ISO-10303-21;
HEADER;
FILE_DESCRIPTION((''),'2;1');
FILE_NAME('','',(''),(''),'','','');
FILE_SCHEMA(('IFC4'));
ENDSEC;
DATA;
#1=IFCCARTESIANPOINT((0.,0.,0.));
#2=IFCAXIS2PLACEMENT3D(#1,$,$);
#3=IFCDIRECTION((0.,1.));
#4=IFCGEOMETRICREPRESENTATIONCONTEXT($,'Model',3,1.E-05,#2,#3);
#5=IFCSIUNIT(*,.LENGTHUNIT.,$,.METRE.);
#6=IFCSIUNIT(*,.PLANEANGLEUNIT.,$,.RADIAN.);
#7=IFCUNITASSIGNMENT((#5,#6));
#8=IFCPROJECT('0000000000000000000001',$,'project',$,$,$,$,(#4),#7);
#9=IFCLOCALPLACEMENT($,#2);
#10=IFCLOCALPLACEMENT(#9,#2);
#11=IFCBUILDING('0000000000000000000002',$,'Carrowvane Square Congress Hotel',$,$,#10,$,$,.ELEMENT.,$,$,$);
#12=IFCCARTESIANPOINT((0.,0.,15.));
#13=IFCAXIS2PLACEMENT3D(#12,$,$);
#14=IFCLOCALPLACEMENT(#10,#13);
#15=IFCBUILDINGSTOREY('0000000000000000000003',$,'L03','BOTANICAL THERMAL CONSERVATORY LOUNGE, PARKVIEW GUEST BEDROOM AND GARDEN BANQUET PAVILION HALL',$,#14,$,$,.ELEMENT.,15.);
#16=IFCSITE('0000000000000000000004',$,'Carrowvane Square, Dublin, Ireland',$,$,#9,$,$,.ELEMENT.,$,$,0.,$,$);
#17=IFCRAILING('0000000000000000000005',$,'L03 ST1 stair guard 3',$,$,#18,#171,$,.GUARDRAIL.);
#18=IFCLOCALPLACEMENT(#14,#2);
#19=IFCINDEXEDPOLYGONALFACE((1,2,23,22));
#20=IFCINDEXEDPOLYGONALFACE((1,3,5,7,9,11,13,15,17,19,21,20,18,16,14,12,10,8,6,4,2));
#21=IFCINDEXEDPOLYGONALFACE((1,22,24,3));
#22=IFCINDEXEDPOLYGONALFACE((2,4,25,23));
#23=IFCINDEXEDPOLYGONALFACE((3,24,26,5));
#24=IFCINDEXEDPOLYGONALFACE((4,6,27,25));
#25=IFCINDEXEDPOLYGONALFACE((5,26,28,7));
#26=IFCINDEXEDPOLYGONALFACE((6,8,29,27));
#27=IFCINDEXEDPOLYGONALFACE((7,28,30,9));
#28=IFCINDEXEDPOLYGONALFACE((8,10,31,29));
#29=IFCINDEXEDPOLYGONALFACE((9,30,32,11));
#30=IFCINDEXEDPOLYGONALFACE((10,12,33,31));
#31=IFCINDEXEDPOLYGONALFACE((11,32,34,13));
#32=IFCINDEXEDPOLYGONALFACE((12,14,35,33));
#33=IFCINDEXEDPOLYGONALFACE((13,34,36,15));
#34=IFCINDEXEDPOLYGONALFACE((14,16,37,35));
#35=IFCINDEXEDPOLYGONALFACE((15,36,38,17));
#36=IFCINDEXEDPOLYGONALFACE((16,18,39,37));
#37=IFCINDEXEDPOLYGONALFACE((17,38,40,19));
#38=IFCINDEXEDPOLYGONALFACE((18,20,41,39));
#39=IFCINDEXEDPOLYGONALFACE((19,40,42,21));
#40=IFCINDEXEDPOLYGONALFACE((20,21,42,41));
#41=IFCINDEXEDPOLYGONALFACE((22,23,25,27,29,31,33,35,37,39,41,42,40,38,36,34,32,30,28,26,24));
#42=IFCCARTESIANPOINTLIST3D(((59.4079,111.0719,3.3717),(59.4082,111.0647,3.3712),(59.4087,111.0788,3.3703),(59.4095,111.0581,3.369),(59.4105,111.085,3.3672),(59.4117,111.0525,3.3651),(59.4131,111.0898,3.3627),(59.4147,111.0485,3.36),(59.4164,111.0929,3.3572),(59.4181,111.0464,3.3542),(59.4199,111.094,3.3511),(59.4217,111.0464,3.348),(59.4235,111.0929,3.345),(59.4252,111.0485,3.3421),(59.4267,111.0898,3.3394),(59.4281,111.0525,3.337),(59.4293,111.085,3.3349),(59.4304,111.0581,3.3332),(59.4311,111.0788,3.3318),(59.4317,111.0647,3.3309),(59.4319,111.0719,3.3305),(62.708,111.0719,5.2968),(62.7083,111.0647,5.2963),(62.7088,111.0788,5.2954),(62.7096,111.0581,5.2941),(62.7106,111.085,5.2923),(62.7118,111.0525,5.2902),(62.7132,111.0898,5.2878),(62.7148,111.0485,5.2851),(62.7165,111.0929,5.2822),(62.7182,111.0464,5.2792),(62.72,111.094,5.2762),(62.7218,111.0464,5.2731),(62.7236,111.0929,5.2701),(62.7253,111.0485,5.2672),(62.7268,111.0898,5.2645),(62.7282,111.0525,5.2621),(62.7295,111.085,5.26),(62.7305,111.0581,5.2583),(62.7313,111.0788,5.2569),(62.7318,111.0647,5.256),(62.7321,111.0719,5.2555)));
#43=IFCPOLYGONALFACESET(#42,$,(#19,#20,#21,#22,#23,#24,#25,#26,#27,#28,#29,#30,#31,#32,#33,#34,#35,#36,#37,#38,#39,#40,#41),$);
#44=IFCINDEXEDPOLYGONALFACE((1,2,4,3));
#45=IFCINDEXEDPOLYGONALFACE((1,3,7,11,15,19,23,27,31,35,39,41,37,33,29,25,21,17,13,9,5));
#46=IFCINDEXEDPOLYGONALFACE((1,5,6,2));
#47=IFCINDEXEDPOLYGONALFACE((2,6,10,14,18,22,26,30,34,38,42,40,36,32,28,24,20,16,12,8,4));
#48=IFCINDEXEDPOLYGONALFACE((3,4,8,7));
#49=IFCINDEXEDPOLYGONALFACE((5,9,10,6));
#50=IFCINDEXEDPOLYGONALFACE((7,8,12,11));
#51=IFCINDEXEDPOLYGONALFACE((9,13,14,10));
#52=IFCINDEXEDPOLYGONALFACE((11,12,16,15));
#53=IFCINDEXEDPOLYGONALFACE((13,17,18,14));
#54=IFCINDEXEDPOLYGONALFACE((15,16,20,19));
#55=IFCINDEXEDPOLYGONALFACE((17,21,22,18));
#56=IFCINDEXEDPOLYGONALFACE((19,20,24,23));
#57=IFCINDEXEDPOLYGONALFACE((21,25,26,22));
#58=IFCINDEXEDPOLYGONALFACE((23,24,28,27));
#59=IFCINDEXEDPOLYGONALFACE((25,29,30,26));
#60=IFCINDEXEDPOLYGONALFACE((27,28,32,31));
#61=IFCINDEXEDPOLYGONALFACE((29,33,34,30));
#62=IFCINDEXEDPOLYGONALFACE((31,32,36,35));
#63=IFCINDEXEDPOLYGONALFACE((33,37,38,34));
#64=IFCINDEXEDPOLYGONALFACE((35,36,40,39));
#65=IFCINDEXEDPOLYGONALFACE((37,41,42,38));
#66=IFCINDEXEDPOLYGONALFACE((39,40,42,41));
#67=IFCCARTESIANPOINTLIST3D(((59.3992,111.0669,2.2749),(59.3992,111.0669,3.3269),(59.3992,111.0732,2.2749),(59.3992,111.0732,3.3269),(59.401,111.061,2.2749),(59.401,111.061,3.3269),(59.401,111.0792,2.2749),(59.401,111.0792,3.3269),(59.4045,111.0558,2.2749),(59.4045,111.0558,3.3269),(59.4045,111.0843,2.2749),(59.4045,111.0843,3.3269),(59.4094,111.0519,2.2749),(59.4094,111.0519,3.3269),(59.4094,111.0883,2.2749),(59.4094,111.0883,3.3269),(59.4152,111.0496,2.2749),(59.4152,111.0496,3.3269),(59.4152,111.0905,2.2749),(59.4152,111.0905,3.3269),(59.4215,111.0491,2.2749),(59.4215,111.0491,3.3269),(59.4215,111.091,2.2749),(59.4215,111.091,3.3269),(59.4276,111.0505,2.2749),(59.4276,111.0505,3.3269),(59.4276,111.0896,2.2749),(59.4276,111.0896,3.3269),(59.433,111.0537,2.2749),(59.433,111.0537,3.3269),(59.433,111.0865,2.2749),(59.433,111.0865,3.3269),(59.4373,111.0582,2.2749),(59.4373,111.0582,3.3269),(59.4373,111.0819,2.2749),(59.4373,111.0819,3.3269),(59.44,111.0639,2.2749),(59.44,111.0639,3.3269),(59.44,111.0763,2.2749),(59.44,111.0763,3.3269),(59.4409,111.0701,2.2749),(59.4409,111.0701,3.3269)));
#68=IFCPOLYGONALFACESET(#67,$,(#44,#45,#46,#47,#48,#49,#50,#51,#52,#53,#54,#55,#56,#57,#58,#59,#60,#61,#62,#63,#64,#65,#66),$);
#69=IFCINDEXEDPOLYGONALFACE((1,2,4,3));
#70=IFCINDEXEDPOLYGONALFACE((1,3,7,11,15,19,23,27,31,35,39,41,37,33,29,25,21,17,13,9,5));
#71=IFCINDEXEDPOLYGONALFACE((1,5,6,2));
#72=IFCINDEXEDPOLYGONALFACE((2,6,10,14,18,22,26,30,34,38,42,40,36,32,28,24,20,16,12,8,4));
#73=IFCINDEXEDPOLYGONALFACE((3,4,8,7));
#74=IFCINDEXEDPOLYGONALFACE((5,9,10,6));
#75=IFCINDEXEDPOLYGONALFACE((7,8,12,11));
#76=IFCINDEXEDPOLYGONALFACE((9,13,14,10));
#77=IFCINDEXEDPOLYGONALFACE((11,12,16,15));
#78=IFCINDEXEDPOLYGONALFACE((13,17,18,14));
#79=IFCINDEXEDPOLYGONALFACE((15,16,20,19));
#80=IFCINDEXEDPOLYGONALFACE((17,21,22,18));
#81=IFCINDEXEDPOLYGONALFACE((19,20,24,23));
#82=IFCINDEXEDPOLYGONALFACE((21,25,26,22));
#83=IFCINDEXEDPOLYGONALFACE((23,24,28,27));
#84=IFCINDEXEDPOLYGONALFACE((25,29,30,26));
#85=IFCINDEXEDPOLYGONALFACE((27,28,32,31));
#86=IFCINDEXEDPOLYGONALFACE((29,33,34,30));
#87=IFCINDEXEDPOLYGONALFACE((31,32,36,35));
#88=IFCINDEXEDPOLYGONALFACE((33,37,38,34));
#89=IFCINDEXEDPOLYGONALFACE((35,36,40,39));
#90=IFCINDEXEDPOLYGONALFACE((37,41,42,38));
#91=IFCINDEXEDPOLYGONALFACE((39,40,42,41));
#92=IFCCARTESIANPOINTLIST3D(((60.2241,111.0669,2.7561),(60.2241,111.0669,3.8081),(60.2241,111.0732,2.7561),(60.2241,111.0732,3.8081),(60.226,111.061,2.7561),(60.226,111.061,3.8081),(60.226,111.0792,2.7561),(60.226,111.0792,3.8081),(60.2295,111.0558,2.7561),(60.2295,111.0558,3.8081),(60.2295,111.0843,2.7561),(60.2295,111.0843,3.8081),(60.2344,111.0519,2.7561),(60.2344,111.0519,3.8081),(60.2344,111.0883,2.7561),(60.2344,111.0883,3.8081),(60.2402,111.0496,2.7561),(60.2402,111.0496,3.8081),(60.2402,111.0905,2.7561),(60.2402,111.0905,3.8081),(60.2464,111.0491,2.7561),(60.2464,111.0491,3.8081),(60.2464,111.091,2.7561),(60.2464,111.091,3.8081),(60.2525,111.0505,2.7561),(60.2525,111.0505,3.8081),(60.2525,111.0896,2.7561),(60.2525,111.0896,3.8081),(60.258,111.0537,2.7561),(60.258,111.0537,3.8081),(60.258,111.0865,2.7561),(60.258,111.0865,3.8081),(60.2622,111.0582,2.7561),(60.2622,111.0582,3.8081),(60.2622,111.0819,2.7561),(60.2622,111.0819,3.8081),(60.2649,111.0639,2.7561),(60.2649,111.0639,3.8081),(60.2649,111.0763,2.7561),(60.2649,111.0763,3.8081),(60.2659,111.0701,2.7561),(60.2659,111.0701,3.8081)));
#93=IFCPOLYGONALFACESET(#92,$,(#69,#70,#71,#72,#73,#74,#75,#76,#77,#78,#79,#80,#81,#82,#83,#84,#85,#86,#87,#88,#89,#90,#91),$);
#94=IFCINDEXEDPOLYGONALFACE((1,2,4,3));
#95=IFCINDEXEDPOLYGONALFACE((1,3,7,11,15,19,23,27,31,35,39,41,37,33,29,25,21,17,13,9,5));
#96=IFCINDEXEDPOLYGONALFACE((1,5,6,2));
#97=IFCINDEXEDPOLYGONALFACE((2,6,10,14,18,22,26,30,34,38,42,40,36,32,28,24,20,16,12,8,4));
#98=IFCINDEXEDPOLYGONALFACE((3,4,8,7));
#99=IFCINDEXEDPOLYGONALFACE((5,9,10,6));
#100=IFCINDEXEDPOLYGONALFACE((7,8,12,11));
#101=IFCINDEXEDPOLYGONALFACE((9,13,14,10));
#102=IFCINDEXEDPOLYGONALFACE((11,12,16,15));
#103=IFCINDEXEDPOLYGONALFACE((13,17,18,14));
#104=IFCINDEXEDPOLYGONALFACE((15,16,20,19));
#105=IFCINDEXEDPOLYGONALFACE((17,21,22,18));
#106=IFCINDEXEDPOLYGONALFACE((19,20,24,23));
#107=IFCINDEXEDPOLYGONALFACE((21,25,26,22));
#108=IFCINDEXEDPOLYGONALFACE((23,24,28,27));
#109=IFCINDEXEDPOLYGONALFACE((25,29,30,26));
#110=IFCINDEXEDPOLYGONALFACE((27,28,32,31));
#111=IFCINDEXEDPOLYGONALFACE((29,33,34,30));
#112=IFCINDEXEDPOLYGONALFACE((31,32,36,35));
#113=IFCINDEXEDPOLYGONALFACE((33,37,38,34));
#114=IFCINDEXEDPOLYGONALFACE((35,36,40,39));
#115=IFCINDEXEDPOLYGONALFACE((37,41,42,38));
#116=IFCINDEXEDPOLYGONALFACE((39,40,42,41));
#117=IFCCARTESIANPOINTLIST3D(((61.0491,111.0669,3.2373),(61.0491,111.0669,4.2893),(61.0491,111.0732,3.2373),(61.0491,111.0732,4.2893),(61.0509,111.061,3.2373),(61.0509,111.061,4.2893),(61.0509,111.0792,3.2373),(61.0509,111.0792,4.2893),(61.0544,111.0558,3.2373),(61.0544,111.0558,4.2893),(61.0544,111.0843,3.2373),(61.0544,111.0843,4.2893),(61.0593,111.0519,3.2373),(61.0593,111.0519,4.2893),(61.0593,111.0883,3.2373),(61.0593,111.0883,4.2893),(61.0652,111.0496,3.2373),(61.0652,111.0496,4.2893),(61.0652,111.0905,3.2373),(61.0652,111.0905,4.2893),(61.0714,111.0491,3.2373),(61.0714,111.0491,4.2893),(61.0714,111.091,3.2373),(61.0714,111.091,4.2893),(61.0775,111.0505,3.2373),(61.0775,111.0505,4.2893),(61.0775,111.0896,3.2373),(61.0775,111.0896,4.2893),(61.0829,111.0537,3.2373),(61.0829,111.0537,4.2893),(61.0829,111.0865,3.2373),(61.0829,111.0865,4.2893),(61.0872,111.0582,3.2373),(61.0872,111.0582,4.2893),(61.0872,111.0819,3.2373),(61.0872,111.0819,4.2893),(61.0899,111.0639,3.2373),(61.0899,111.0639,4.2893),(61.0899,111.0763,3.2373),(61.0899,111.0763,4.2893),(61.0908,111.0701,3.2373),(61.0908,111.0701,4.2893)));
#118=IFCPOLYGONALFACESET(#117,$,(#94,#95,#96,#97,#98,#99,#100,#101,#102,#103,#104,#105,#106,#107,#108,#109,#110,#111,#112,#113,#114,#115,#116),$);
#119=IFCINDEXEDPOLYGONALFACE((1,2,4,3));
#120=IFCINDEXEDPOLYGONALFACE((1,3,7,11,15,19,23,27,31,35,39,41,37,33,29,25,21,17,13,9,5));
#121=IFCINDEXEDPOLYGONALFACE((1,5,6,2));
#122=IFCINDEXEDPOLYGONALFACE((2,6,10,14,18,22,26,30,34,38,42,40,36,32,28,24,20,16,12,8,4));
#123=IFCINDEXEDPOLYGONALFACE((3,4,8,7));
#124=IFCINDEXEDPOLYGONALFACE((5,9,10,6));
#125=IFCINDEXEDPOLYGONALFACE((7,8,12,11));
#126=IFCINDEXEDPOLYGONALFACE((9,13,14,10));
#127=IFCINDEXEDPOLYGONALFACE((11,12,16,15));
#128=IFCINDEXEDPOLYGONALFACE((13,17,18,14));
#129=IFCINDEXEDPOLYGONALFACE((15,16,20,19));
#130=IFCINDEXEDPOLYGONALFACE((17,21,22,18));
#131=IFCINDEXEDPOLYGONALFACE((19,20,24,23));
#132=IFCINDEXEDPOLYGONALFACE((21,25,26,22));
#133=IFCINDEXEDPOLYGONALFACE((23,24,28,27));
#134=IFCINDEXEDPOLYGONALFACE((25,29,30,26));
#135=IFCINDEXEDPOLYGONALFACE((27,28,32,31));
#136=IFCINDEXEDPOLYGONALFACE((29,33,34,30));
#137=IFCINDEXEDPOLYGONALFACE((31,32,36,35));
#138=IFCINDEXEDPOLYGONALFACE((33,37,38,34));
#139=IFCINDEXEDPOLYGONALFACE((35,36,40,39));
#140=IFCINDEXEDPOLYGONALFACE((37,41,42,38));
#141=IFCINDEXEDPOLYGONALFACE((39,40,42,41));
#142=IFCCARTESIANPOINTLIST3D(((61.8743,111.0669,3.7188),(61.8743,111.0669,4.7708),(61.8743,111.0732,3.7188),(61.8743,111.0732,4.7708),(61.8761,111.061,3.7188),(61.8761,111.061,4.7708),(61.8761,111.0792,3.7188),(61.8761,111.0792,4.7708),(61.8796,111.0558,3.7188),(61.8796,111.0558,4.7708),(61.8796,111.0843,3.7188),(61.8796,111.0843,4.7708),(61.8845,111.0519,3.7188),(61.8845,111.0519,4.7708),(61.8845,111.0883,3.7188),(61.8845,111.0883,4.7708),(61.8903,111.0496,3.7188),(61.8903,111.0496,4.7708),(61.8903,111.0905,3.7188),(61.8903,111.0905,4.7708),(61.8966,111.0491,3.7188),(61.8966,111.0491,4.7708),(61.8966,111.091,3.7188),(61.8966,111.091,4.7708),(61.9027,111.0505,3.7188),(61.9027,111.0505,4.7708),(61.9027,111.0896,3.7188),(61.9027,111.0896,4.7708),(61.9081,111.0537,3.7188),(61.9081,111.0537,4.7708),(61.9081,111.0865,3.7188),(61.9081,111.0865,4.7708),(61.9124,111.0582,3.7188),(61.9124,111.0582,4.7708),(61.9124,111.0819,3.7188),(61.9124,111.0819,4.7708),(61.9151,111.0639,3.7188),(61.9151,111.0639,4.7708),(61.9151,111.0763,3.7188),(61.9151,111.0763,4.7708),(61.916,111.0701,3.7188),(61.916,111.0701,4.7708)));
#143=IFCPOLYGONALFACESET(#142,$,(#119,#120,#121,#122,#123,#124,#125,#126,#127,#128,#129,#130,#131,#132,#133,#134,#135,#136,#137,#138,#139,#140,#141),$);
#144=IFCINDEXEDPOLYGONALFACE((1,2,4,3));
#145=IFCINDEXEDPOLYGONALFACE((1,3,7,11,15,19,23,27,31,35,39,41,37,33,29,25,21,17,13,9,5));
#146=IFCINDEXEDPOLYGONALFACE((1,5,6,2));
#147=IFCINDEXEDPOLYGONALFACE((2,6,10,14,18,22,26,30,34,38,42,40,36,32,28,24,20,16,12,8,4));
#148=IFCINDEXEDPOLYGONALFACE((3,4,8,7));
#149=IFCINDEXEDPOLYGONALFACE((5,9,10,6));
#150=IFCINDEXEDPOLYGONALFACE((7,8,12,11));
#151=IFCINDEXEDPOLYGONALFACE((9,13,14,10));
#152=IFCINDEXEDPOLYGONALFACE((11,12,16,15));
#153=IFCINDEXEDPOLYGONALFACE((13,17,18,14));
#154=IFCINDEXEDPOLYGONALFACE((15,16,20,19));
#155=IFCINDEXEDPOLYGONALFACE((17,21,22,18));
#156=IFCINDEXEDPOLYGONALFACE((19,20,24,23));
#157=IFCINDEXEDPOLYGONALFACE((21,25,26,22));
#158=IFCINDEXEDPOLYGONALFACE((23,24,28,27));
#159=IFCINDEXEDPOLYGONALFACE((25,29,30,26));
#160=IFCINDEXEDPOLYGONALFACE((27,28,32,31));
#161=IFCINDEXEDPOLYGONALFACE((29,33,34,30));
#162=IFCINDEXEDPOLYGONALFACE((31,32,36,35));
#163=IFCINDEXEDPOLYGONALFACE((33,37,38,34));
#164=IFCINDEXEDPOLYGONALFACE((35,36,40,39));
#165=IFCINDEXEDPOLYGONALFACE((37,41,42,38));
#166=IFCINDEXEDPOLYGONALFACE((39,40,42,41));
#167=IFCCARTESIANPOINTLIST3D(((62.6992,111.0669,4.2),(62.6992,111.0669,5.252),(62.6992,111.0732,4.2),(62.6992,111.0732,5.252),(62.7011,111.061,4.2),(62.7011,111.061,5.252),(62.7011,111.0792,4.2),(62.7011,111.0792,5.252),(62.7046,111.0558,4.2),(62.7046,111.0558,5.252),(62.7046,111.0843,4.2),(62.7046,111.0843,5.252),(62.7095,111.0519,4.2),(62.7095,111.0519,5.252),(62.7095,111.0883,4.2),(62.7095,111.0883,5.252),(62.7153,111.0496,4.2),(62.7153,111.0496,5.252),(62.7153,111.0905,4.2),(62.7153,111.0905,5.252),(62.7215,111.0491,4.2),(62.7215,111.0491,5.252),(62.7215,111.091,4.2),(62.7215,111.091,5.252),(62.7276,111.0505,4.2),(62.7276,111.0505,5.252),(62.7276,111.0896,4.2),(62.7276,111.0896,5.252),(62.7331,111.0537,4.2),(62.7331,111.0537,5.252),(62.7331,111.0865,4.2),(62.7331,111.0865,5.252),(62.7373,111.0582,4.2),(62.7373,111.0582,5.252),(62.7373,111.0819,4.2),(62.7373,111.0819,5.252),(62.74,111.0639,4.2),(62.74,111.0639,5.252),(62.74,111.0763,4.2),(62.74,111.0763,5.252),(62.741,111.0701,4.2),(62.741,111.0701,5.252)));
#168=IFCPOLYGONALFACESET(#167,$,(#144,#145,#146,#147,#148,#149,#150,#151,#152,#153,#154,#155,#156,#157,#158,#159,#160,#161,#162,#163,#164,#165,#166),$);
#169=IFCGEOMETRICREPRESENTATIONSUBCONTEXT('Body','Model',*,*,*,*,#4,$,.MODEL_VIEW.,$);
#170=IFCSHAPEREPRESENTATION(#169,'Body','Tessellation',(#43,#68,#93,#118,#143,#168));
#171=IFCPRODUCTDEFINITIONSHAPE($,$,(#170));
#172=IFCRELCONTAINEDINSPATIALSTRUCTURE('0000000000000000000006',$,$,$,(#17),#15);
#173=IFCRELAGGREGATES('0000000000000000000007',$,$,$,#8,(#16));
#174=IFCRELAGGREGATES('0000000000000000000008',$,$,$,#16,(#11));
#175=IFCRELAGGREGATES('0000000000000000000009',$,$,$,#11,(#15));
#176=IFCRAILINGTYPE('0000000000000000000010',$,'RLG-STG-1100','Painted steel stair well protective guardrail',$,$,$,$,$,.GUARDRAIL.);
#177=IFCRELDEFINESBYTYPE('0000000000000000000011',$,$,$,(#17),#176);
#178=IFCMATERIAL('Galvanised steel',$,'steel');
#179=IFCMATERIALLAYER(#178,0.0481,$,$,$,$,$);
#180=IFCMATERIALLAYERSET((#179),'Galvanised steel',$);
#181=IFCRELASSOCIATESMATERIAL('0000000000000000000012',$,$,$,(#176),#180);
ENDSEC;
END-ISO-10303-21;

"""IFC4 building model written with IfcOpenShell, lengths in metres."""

from ifc_helpers import new_model, si_unit, direction, frame, origin, origin_2d, place, context, subcontext, project, spatial, circle, extrude, material, layer, layer_set, type_object, element, save


model = new_model("IFC4")

# Units and contexts
model_context = context("Model", 3, precision=1e-05, world=origin(), true_north=direction((0.0, 1.0)))
body_context = subcontext(model_context, "Body", "Model", "MODEL_VIEW")
ifc_project = project(units=[si_unit("LENGTHUNIT", "METRE"), si_unit("PLANEANGLEUNIT", "RADIAN")], contexts=[model_context])

# Site, building, storey
site_placement = place(None, origin())
site = spatial("IfcSite", under=ifc_project, at=site_placement, Name="Carrowvane Square, Dublin, Ireland", CompositionType="ELEMENT", RefElevation=0.0)
building_placement = place(site_placement, origin())
building = spatial("IfcBuilding", under=site, at=building_placement, Name="Carrowvane Square Congress Hotel", CompositionType="ELEMENT")
storey_placement = place(building_placement, frame((0.0, 0.0, 15.0)))
storey = spatial("IfcBuildingStorey", under=building, at=storey_placement, Name="L03", Description="BOTANICAL THERMAL CONSERVATORY LOUNGE, PARKVIEW GUEST BEDROOM AND GARDEN BANQUET PAVILION HALL", CompositionType="ELEMENT", Elevation=15.0)

# Railing
ifc_material_1 = material(Name="Galvanised steel", Category="steel")
ifc_layer_1 = layer(ifc_material_1, 0.0481)
ifc_layer_set_1 = layer_set([ifc_layer_1], Name="Galvanised steel")
railing_type_1 = type_object("IfcRailingType", Name="RLG-STG-1100", Description="Painted steel stair well protective guardrail", PredefinedType="GUARDRAIL", material=ifc_layer_set_1)
railing_1_placement = place(storey_placement, frame((59.4199, 111.0701, 2.2749)))
element("IfcRailing", 1, at=railing_1_placement, inside=storey, type_object=railing_type_1, Name="L03 ST1 stair guard 3", PredefinedType="GUARDRAIL", context=body_context, shape_type="SweptSolid", body=[
    extrude(circle(Radius=0.0239, at=origin_2d()), frame((0.0, 0.0, 1.0762), z_axis=(0.863777, 0.0, 0.503875), x_axis=(0.0, 1.0, 0.0)), (0.0, 0.0, 1.0), 3.8206),
    extrude(circle(Radius=0.021, at=origin_2d()), origin(), (0.0, 0.0, 1.0), 1.052),
    extrude(circle(Radius=0.021, at=origin_2d()), frame((0.825, 0.0, 0.4812)), (0.0, 0.0, 1.0), 1.052),
    extrude(circle(Radius=0.021, at=origin_2d()), frame((1.6499, 0.0, 0.9624)), (0.0, 0.0, 1.0), 1.052),
    extrude(circle(Radius=0.021, at=origin_2d()), frame((2.4751, 0.0, 1.4438)), (0.0, 0.0, 1.0), 1.052),
    extrude(circle(Radius=0.021, at=origin_2d()), frame((3.3, 0.0, 1.925)), (0.0, 0.0, 1.0), 1.052),
])

save(model, "model.ifc")
